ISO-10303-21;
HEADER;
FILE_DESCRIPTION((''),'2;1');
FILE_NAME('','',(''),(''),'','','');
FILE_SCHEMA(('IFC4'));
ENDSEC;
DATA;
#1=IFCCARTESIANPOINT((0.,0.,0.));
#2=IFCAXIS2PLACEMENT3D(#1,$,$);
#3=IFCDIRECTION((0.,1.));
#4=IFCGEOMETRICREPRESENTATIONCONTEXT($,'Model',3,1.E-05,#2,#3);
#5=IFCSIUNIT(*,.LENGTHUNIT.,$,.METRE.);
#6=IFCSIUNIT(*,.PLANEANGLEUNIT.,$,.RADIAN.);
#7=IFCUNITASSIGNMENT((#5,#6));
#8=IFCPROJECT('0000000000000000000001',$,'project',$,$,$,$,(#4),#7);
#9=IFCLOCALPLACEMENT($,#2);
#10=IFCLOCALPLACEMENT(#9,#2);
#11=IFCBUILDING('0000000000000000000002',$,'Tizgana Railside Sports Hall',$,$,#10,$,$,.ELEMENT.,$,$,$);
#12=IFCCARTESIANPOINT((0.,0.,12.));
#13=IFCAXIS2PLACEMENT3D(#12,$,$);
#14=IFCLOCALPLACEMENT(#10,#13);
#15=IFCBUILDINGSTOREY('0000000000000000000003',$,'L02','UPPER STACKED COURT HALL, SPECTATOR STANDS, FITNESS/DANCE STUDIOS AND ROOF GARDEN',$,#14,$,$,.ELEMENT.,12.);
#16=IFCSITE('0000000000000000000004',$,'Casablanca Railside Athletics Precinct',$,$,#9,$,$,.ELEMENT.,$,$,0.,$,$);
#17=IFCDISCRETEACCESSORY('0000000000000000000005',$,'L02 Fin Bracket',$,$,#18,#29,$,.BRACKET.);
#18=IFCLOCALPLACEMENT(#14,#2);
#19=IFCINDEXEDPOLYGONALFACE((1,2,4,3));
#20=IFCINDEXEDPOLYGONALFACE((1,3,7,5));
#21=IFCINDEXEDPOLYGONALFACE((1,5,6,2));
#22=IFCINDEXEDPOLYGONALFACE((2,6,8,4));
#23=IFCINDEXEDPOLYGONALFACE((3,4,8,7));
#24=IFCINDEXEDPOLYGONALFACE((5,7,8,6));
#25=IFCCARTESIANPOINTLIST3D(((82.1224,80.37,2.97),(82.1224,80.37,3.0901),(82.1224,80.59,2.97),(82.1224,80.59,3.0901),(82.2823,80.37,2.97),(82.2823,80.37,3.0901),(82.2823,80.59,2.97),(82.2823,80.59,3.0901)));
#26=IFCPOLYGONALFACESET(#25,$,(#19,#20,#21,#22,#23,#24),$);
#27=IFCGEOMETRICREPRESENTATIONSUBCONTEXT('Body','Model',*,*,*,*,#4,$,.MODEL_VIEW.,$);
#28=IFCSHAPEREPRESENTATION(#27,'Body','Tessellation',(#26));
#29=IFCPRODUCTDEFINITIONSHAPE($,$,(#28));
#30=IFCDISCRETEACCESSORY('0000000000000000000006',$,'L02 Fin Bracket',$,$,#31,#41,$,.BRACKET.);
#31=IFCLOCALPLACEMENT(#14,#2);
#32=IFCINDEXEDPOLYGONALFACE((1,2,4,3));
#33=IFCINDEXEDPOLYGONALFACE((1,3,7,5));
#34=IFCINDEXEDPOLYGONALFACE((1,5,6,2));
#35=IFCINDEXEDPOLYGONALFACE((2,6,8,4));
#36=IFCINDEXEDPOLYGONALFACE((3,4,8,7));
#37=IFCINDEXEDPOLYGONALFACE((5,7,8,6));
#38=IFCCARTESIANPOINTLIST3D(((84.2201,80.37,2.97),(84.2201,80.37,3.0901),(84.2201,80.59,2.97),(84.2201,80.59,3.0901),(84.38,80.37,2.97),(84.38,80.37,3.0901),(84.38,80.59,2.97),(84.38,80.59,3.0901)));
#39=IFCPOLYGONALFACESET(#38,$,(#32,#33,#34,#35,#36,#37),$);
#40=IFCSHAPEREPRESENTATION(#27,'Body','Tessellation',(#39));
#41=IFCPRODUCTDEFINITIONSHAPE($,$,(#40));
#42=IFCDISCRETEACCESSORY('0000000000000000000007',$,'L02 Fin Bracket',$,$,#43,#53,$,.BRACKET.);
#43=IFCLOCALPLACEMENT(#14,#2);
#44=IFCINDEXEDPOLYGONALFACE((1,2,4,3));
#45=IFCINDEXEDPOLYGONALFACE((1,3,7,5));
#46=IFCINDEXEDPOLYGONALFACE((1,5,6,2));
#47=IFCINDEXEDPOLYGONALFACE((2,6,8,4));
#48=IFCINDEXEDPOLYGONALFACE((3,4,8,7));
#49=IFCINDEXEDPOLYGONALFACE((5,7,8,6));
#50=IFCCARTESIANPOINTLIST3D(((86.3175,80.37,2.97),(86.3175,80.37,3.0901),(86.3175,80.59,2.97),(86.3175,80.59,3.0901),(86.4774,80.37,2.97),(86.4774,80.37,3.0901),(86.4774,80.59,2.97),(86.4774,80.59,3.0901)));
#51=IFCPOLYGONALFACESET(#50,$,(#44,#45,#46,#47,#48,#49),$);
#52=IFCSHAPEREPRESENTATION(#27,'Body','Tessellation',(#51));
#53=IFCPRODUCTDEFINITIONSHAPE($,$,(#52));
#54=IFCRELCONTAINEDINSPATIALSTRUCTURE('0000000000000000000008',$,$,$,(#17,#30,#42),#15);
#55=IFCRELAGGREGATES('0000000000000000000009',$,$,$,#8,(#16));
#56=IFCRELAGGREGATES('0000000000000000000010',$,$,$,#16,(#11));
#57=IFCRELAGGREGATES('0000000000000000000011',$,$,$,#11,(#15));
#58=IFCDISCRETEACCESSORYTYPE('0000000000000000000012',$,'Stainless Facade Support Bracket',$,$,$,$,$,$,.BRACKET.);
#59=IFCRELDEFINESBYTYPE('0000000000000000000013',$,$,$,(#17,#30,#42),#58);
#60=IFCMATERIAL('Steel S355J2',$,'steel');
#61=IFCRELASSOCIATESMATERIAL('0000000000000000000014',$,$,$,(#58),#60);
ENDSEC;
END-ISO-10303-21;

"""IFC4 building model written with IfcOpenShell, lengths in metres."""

from ifc_helpers import new_model, si_unit, direction, frame, origin, origin_2d, place, context, subcontext, project, spatial, rectangle, extrude, material, type_object, element, save


model = new_model("IFC4")

# Units and contexts
model_context = context("Model", 3, precision=1e-05, world=origin(), true_north=direction((0.0, 1.0)))
body_context = subcontext(model_context, "Body", "Model", "MODEL_VIEW")
ifc_project = project(units=[si_unit("LENGTHUNIT", "METRE"), si_unit("PLANEANGLEUNIT", "RADIAN")], contexts=[model_context])

# Site, building, storey
site_placement = place(None, origin())
site = spatial("IfcSite", under=ifc_project, at=site_placement, Name="Casablanca Railside Athletics Precinct", CompositionType="ELEMENT", RefElevation=0.0)
building_placement = place(site_placement, origin())
building = spatial("IfcBuilding", under=site, at=building_placement, Name="Tizgana Railside Sports Hall", CompositionType="ELEMENT")
storey_placement = place(building_placement, frame((0.0, 0.0, 12.0)))
storey = spatial("IfcBuildingStorey", under=building, at=storey_placement, Name="L02", Description="UPPER STACKED COURT HALL, SPECTATOR STANDS, FITNESS/DANCE STUDIOS AND ROOF GARDEN", CompositionType="ELEMENT", Elevation=12.0)

# Shared definitions
ifc_material_1 = material(Name="Steel S355J2", Category="steel")

# Discrete accessories
discrete_accessory_type = type_object("IfcDiscreteAccessoryType", Name="Stainless Facade Support Bracket", PredefinedType="BRACKET", material=ifc_material_1)
for number, where, z_axis, x_axis, name in (
    (1, (82.2024, 80.48, 2.97), (0.0, 0.0, 1.0), (1.0, 0.0, 0.0), "L02 Fin Bracket"),
    (2, (84.3, 80.48, 2.97), (0.0, 0.0, 1.0), (1.0, 0.0, 0.0), "L02 Fin Bracket"),
    (3, (86.3975, 80.48, 2.97), (0.0, 0.0, 1.0), (1.0, 0.0, 0.0), "L02 Fin Bracket"),
):
    element("IfcDiscreteAccessory", number, at=place(storey_placement, frame(where, z_axis=z_axis, x_axis=x_axis)), inside=storey, type_object=discrete_accessory_type, Name=name, PredefinedType="BRACKET", context=body_context, shape_type="SweptSolid", body=[
        extrude(rectangle(XDim=0.1599, YDim=0.22, at=origin_2d()), origin(), (0.0, 0.0, 1.0), 0.1201),
    ])

save(model, "model.ifc")
